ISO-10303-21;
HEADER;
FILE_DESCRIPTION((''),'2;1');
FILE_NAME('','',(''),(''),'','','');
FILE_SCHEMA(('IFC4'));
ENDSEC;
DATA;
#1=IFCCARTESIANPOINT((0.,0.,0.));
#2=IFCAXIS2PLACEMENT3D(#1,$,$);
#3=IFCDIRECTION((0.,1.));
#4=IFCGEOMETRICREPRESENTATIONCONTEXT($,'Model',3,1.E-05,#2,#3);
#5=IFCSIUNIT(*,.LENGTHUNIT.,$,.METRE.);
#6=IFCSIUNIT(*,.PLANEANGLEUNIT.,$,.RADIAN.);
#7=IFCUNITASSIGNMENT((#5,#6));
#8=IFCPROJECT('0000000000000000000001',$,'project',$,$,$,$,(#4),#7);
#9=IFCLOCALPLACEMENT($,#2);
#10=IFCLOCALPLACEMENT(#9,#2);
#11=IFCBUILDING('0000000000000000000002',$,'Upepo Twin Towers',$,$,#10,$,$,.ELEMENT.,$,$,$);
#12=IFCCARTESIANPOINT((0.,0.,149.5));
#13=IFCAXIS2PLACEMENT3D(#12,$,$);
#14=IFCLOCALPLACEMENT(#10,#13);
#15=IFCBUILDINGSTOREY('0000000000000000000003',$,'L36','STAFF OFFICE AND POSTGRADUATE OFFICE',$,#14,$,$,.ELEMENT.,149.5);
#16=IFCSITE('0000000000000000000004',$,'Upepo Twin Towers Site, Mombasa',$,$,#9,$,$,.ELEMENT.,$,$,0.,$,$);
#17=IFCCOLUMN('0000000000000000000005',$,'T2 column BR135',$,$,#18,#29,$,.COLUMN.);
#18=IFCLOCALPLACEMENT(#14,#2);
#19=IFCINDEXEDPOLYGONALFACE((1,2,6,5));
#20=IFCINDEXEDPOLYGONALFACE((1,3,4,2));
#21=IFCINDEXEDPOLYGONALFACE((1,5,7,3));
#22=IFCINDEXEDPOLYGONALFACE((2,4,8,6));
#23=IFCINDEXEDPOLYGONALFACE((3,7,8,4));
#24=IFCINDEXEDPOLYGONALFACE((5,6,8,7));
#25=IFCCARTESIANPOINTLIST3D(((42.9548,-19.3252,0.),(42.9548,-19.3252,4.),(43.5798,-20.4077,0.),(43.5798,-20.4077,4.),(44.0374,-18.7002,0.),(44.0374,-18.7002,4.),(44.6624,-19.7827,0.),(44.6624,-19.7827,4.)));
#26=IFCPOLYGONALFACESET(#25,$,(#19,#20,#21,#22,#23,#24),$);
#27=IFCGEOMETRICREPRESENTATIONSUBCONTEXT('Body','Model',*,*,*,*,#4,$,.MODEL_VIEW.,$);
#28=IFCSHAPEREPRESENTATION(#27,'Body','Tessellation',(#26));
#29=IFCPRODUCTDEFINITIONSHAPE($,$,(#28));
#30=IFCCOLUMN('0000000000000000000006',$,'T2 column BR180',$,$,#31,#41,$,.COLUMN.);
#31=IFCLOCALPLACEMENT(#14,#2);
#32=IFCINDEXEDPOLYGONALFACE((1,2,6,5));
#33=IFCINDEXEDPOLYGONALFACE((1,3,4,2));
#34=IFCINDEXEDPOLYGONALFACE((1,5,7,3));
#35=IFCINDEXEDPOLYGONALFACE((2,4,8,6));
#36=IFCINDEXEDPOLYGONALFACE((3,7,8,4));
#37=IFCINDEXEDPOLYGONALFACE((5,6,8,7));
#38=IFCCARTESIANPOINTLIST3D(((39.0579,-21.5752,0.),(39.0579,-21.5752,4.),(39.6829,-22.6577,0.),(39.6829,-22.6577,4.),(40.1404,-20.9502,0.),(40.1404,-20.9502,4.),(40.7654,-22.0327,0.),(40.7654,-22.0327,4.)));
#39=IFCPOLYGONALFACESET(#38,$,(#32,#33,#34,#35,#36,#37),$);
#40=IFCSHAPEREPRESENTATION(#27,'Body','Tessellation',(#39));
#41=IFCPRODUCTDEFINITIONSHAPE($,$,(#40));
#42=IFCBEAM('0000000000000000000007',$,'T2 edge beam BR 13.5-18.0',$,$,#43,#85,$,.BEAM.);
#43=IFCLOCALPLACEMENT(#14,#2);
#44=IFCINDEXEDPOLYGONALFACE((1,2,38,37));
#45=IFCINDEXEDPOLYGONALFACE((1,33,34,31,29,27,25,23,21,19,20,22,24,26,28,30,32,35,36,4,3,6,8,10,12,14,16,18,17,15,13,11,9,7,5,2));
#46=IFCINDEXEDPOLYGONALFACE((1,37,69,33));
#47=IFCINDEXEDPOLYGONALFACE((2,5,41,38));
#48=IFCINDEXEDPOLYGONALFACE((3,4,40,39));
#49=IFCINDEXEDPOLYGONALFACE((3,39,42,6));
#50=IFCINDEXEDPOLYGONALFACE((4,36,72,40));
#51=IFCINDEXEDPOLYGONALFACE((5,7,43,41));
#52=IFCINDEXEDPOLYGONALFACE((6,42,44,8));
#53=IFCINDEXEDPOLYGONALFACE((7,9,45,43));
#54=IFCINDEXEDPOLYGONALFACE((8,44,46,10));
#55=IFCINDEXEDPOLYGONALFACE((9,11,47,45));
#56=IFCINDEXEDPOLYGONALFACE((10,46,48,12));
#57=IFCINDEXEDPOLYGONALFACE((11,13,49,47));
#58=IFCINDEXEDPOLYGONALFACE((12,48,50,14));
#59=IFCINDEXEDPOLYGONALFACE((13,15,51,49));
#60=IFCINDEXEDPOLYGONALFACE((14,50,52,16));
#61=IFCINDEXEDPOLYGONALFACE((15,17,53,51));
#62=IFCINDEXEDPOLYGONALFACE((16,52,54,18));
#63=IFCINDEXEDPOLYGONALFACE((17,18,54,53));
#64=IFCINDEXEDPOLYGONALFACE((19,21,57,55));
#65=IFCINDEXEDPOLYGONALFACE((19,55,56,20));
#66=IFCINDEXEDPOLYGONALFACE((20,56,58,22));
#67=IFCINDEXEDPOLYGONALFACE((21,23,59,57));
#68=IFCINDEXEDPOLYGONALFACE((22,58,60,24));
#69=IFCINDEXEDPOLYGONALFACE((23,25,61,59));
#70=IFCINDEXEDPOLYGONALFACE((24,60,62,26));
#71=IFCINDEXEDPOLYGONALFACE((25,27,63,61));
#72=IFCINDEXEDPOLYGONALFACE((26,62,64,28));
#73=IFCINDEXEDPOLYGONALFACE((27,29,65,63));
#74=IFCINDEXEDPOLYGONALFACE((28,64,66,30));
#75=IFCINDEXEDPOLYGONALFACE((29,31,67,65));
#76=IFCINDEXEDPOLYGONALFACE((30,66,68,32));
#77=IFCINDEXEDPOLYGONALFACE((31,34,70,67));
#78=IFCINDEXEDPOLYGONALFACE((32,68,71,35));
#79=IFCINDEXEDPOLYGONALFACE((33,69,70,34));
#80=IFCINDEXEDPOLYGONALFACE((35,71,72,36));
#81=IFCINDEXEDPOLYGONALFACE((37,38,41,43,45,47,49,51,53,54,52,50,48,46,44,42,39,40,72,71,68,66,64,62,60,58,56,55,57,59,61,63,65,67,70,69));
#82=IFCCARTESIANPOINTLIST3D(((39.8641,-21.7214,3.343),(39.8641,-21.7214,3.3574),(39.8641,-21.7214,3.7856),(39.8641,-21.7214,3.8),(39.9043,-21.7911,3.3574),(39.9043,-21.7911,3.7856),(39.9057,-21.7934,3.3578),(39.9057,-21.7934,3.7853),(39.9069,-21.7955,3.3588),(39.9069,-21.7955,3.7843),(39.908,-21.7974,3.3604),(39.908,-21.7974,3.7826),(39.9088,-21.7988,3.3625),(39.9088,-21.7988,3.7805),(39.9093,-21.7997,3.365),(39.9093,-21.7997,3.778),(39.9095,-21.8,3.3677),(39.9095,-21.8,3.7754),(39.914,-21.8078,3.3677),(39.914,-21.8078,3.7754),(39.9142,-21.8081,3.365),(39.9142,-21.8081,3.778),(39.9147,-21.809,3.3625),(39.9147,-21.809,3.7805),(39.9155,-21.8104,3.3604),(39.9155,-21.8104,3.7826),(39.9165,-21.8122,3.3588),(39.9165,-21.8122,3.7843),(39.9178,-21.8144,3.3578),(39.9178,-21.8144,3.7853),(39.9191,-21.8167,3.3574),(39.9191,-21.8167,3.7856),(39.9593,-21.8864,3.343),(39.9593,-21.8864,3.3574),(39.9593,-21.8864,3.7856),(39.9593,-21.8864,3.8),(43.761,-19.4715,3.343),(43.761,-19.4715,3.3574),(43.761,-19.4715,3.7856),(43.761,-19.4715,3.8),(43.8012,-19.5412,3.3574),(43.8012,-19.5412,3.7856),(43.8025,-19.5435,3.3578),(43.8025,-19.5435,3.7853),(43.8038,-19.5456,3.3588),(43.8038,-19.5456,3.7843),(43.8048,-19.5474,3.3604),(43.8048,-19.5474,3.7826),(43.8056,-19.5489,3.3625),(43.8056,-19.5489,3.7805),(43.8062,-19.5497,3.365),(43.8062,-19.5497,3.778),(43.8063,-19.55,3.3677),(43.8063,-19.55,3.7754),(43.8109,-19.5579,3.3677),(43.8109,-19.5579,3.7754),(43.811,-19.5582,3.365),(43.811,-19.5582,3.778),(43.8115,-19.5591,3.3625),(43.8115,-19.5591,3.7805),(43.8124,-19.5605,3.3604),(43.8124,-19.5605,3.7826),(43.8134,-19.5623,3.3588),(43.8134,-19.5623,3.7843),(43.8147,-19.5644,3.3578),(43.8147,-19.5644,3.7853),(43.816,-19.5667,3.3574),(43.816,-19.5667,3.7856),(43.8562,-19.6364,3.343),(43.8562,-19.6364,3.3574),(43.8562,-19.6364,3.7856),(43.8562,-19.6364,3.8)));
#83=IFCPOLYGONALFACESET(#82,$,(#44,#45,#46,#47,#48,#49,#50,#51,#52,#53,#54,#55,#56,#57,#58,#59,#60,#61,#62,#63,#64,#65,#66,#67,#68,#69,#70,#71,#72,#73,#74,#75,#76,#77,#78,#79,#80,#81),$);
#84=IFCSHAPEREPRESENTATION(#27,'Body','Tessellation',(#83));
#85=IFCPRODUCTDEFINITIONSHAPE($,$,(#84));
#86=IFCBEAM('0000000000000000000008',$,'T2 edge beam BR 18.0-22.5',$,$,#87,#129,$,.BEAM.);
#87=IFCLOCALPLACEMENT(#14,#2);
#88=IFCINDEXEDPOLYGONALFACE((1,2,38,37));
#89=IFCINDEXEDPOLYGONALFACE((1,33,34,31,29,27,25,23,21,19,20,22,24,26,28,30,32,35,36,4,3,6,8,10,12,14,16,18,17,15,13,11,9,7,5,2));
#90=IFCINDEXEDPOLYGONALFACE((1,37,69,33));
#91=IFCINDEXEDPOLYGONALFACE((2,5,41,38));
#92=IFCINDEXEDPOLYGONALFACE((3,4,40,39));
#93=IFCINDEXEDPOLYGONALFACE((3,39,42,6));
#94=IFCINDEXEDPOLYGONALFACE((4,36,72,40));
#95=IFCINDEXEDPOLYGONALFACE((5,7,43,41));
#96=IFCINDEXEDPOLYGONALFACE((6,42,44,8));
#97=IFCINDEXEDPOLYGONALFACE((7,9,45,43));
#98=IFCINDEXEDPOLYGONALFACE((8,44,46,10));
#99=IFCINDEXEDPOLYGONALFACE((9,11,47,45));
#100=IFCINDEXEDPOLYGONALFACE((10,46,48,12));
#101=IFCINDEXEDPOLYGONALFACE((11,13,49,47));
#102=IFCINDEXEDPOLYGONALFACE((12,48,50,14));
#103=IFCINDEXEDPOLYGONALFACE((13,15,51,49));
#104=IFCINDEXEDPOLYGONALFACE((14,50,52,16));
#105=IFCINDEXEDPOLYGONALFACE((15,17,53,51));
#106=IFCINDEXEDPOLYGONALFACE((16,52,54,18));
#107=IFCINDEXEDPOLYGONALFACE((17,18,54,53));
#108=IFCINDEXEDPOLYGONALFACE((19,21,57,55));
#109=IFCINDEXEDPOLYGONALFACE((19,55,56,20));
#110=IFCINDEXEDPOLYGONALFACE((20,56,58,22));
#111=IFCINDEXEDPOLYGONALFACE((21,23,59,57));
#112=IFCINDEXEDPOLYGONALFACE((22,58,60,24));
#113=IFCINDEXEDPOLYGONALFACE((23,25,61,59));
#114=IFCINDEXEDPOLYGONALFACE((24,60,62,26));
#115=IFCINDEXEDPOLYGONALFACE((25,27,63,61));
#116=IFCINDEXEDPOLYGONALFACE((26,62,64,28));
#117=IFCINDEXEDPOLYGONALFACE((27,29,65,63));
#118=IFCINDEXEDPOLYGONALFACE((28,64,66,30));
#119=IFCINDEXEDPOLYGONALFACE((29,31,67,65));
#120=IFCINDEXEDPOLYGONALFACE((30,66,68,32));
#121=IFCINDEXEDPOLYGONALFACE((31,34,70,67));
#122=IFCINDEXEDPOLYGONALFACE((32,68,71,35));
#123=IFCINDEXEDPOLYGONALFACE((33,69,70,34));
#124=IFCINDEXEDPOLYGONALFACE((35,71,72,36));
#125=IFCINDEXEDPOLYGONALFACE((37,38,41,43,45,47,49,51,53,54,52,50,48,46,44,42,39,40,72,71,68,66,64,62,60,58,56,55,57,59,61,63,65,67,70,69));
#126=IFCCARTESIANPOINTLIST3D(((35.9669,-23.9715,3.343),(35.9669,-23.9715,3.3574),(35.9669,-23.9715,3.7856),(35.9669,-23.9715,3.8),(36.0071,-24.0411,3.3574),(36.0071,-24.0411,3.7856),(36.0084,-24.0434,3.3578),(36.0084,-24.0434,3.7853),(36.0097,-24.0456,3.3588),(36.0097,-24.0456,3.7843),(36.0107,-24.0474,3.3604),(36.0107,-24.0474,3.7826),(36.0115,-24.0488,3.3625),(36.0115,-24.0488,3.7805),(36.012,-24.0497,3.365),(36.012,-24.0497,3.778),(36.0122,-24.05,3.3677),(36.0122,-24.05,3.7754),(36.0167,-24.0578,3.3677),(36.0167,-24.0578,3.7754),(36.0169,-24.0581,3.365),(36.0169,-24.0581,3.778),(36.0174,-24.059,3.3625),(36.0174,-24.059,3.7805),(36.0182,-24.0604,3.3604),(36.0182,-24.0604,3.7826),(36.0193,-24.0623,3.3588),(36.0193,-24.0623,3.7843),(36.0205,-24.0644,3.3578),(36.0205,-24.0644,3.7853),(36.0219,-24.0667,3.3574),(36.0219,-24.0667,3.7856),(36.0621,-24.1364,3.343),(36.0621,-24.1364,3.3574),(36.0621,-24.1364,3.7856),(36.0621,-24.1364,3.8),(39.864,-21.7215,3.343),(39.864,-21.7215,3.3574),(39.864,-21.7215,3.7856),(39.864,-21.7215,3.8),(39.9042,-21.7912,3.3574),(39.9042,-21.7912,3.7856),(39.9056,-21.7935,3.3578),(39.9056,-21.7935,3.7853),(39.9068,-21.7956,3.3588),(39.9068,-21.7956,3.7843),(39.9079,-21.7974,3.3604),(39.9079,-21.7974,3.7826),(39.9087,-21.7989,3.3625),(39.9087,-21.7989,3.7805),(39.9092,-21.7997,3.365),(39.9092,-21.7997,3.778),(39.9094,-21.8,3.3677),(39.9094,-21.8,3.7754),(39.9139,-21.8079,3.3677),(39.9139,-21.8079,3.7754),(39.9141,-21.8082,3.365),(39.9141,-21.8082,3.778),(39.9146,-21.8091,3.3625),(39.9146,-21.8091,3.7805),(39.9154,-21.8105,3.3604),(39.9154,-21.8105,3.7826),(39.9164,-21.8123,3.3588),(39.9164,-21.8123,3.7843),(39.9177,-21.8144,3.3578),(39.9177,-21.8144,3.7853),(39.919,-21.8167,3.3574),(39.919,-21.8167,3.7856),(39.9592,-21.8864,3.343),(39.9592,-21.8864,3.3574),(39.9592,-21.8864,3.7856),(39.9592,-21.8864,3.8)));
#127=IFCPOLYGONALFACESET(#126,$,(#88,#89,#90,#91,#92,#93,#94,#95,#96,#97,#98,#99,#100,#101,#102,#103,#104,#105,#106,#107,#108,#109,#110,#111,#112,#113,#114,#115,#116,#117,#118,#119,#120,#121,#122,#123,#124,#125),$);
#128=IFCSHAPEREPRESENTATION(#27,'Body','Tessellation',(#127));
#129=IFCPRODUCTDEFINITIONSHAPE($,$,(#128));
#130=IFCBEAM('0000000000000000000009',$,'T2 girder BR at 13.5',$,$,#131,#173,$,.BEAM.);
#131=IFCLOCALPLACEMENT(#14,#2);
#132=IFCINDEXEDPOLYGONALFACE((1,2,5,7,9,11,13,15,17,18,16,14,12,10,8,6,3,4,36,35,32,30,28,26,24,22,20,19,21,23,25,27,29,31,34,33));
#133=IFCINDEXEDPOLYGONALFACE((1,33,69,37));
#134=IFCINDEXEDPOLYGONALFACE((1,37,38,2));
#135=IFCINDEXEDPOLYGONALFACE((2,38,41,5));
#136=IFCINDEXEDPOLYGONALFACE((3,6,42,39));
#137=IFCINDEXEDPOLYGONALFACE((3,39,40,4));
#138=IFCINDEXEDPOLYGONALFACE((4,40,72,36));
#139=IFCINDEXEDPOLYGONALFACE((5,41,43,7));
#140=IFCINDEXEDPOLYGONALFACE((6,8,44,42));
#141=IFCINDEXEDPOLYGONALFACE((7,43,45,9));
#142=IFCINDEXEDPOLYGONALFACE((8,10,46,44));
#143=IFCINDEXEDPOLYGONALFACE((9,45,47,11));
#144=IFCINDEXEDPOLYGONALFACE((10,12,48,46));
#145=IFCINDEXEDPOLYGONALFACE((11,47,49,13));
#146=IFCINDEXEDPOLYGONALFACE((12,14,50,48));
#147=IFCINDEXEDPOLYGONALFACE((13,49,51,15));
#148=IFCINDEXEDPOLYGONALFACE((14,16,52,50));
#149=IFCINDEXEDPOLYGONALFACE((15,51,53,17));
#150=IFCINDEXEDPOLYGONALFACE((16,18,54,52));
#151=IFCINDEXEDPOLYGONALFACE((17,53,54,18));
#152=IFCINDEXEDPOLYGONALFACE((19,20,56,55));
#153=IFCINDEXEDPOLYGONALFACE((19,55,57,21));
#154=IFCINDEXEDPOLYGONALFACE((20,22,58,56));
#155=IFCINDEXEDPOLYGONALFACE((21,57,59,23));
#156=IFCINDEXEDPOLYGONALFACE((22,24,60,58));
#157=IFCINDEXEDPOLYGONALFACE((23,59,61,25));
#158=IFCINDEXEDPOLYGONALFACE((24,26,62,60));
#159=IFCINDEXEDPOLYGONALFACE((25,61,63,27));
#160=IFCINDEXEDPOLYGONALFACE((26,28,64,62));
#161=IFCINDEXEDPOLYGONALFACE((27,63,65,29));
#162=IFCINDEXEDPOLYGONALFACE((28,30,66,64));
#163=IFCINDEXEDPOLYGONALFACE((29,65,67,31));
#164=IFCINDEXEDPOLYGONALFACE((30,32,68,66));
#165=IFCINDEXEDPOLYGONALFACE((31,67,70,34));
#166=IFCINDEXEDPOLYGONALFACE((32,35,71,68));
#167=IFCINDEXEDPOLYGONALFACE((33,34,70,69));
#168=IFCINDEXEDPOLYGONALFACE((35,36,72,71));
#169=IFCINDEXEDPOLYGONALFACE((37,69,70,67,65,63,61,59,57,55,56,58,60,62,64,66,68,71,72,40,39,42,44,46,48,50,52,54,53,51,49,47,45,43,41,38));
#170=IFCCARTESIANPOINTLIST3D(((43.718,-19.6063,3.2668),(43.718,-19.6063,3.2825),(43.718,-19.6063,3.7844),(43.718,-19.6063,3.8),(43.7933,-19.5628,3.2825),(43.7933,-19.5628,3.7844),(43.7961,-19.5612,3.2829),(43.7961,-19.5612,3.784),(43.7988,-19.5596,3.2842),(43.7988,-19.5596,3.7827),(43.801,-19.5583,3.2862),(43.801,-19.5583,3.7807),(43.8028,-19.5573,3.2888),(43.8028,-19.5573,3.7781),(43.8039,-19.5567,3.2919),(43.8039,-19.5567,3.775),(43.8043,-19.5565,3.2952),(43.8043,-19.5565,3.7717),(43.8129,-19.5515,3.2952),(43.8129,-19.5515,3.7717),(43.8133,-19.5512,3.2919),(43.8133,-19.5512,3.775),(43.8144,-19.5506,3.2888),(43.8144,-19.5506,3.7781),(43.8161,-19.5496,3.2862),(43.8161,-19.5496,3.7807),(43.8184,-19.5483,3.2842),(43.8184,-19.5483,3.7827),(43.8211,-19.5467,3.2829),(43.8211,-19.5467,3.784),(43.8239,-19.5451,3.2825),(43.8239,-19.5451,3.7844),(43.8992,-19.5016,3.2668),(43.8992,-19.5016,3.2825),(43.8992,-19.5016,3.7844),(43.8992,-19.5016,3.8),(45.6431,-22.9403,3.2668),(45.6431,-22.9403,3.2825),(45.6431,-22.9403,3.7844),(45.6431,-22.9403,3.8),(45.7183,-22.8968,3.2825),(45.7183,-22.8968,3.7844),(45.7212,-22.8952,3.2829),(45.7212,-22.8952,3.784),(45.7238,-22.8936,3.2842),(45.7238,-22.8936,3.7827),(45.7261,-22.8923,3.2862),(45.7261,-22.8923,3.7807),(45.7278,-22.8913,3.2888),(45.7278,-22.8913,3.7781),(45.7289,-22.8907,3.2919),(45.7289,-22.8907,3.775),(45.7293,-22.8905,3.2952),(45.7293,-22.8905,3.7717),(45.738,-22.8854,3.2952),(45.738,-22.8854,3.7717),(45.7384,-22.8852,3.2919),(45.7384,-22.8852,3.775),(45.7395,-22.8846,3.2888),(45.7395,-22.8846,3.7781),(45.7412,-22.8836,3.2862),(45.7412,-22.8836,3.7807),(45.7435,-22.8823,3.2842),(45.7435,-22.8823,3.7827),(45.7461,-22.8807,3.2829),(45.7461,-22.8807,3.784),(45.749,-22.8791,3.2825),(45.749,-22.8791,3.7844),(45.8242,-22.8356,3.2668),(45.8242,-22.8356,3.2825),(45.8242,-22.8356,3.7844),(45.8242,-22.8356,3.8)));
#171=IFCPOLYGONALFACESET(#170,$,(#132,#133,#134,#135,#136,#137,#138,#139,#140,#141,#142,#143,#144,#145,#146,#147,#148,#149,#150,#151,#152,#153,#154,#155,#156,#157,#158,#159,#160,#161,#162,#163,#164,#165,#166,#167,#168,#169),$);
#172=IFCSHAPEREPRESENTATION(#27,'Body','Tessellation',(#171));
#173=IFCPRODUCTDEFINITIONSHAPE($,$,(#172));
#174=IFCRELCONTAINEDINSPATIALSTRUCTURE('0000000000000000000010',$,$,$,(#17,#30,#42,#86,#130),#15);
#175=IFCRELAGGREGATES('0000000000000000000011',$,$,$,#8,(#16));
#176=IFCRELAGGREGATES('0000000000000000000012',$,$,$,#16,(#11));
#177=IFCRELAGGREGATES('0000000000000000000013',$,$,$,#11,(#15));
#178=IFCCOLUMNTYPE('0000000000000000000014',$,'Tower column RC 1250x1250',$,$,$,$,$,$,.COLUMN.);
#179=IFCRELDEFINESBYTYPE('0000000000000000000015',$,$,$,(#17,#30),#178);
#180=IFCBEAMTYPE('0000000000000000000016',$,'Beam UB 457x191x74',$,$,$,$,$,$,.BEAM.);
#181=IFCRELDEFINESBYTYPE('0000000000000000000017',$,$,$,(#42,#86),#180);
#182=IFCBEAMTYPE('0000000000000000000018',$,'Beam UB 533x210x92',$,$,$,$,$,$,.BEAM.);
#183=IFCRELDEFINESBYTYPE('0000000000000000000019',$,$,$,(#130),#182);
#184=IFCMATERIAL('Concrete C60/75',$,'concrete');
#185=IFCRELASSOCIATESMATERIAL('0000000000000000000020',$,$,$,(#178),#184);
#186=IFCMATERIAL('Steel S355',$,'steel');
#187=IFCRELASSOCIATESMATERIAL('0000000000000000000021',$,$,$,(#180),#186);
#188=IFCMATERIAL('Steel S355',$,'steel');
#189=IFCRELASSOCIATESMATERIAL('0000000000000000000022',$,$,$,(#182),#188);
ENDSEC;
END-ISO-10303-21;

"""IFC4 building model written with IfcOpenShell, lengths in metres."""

from ifc_helpers import new_model, si_unit, direction, frame, origin, origin_2d, place, context, subcontext, project, spatial, rectangle, i_section, extrude, material, material_profile, profile_set, type_object, element, save


model = new_model("IFC4")

# Units and contexts
model_context = context("Model", 3, precision=1e-05, world=origin(), true_north=direction((0.0, 1.0)))
body_context = subcontext(model_context, "Body", "Model", "MODEL_VIEW")
ifc_project = project(units=[si_unit("LENGTHUNIT", "METRE"), si_unit("PLANEANGLEUNIT", "RADIAN")], contexts=[model_context])

# Site, building, storey
site_placement = place(None, origin())
site = spatial("IfcSite", under=ifc_project, at=site_placement, Name="Upepo Twin Towers Site, Mombasa", CompositionType="ELEMENT", RefElevation=0.0)
building_placement = place(site_placement, origin())
building = spatial("IfcBuilding", under=site, at=building_placement, Name="Upepo Twin Towers", CompositionType="ELEMENT")
storey_placement = place(building_placement, frame((0.0, 0.0, 149.5)))
storey = spatial("IfcBuildingStorey", under=building, at=storey_placement, Name="L36", Description="STAFF OFFICE AND POSTGRADUATE OFFICE", CompositionType="ELEMENT", Elevation=149.5)

# Columns
ifc_material_1 = material(Name="Concrete C60/75", Category="concrete")
ifc_material_profile_1 = material_profile(ifc_material_1, rectangle(XDim=1.25, YDim=1.25, at=origin_2d()), Name="RC 1250x1250")
ifc_profile_set_1 = profile_set([ifc_material_profile_1], Name="Concrete C60/75")
column_type = type_object("IfcColumnType", Name="Tower column RC 1250x1250", PredefinedType="COLUMN", material=ifc_profile_set_1)
for number, where, z_axis, x_axis, name in (
    (1, (43.8086, -19.554, 0.0), (0.0, 0.0, 1.0), (0.866025, 0.5, 0.0), "T2 column BR135"),
    (2, (39.9116, -21.804, 0.0), (0.0, 0.0, 1.0), (0.866025, 0.5, 0.0), "T2 column BR180"),
):
    element("IfcColumn", number, at=place(storey_placement, frame(where, z_axis=z_axis, x_axis=x_axis)), inside=storey, type_object=column_type, Name=name, PredefinedType="COLUMN", context=body_context, shape_type="SweptSolid", body=[
        extrude(rectangle(XDim=1.25, YDim=1.25, at=origin_2d()), origin(), (0.0, 0.0, 1.0), 4.0),
    ])

# Beams
ifc_material_2 = material(Name="Steel S355", Category="steel")
ifc_material_profile_2 = material_profile(ifc_material_2, i_section(OverallWidth=0.1904, OverallDepth=0.457, WebThickness=0.009, FlangeThickness=0.0144, FilletRadius=0.0103, at=origin_2d()), Name="UB 457x191x74")
ifc_profile_set_2 = profile_set([ifc_material_profile_2], Name="Steel S355")
beam_type_1 = type_object("IfcBeamType", Name="Beam UB 457x191x74", PredefinedType="BEAM", material=ifc_profile_set_2)
beam_1_placement = place(storey_placement, frame((43.8086, -19.554, 3.5715), z_axis=(-0.866018, -0.500014, 0.0), x_axis=(0.500014, -0.866018, 0.0)))
element("IfcBeam", 3, at=beam_1_placement, inside=storey, type_object=beam_type_1, Name="T2 edge beam BR 13.5-18.0", PredefinedType="BEAM", context=body_context, shape_type="SweptSolid", body=[
    extrude(i_section(OverallWidth=0.1904, OverallDepth=0.457, WebThickness=0.009, FlangeThickness=0.0144, FilletRadius=0.0103, at=origin_2d()), origin(), (0.0, 0.0, 1.0), 4.4998),
])
beam_2_placement = place(storey_placement, frame((39.9116, -21.804, 3.5715), z_axis=(-0.866031, -0.49999, 0.0), x_axis=(0.49999, -0.866031, 0.0)))
element("IfcBeam", 4, at=beam_2_placement, inside=storey, type_object=beam_type_1, Name="T2 edge beam BR 18.0-22.5", PredefinedType="BEAM", context=body_context, shape_type="SweptSolid", body=[
    extrude(i_section(OverallWidth=0.1904, OverallDepth=0.457, WebThickness=0.009, FlangeThickness=0.0144, FilletRadius=0.0103, at=origin_2d()), origin(), (0.0, 0.0, 1.0), 4.5),
])
ifc_material_3 = material(Name="Steel S355", Category="steel")
ifc_material_profile_3 = material_profile(ifc_material_3, i_section(OverallWidth=0.2092, OverallDepth=0.5332, WebThickness=0.01, FlangeThickness=0.0156, FilletRadius=0.0127, at=origin_2d()), Name="UB 533x210x92")
ifc_profile_set_3 = profile_set([ifc_material_profile_3], Name="Steel S355")
beam_type_2 = type_object("IfcBeamType", Name="Beam UB 533x210x92", PredefinedType="BEAM", material=ifc_profile_set_3)
beam_3_placement = place(storey_placement, frame((43.8086, -19.554, 3.5334), z_axis=(0.500034, -0.866006, 0.0), x_axis=(0.866006, 0.500034, 0.0)))
element("IfcBeam", 5, at=beam_3_placement, inside=storey, type_object=beam_type_2, Name="T2 girder BR at 13.5", PredefinedType="BEAM", context=body_context, shape_type="SweptSolid", body=[
    extrude(i_section(OverallWidth=0.2092, OverallDepth=0.5332, WebThickness=0.01, FlangeThickness=0.0156, FilletRadius=0.0127, at=origin_2d()), origin(), (0.0, 0.0, 1.0), 3.8499),
])

save(model, "model.ifc")
